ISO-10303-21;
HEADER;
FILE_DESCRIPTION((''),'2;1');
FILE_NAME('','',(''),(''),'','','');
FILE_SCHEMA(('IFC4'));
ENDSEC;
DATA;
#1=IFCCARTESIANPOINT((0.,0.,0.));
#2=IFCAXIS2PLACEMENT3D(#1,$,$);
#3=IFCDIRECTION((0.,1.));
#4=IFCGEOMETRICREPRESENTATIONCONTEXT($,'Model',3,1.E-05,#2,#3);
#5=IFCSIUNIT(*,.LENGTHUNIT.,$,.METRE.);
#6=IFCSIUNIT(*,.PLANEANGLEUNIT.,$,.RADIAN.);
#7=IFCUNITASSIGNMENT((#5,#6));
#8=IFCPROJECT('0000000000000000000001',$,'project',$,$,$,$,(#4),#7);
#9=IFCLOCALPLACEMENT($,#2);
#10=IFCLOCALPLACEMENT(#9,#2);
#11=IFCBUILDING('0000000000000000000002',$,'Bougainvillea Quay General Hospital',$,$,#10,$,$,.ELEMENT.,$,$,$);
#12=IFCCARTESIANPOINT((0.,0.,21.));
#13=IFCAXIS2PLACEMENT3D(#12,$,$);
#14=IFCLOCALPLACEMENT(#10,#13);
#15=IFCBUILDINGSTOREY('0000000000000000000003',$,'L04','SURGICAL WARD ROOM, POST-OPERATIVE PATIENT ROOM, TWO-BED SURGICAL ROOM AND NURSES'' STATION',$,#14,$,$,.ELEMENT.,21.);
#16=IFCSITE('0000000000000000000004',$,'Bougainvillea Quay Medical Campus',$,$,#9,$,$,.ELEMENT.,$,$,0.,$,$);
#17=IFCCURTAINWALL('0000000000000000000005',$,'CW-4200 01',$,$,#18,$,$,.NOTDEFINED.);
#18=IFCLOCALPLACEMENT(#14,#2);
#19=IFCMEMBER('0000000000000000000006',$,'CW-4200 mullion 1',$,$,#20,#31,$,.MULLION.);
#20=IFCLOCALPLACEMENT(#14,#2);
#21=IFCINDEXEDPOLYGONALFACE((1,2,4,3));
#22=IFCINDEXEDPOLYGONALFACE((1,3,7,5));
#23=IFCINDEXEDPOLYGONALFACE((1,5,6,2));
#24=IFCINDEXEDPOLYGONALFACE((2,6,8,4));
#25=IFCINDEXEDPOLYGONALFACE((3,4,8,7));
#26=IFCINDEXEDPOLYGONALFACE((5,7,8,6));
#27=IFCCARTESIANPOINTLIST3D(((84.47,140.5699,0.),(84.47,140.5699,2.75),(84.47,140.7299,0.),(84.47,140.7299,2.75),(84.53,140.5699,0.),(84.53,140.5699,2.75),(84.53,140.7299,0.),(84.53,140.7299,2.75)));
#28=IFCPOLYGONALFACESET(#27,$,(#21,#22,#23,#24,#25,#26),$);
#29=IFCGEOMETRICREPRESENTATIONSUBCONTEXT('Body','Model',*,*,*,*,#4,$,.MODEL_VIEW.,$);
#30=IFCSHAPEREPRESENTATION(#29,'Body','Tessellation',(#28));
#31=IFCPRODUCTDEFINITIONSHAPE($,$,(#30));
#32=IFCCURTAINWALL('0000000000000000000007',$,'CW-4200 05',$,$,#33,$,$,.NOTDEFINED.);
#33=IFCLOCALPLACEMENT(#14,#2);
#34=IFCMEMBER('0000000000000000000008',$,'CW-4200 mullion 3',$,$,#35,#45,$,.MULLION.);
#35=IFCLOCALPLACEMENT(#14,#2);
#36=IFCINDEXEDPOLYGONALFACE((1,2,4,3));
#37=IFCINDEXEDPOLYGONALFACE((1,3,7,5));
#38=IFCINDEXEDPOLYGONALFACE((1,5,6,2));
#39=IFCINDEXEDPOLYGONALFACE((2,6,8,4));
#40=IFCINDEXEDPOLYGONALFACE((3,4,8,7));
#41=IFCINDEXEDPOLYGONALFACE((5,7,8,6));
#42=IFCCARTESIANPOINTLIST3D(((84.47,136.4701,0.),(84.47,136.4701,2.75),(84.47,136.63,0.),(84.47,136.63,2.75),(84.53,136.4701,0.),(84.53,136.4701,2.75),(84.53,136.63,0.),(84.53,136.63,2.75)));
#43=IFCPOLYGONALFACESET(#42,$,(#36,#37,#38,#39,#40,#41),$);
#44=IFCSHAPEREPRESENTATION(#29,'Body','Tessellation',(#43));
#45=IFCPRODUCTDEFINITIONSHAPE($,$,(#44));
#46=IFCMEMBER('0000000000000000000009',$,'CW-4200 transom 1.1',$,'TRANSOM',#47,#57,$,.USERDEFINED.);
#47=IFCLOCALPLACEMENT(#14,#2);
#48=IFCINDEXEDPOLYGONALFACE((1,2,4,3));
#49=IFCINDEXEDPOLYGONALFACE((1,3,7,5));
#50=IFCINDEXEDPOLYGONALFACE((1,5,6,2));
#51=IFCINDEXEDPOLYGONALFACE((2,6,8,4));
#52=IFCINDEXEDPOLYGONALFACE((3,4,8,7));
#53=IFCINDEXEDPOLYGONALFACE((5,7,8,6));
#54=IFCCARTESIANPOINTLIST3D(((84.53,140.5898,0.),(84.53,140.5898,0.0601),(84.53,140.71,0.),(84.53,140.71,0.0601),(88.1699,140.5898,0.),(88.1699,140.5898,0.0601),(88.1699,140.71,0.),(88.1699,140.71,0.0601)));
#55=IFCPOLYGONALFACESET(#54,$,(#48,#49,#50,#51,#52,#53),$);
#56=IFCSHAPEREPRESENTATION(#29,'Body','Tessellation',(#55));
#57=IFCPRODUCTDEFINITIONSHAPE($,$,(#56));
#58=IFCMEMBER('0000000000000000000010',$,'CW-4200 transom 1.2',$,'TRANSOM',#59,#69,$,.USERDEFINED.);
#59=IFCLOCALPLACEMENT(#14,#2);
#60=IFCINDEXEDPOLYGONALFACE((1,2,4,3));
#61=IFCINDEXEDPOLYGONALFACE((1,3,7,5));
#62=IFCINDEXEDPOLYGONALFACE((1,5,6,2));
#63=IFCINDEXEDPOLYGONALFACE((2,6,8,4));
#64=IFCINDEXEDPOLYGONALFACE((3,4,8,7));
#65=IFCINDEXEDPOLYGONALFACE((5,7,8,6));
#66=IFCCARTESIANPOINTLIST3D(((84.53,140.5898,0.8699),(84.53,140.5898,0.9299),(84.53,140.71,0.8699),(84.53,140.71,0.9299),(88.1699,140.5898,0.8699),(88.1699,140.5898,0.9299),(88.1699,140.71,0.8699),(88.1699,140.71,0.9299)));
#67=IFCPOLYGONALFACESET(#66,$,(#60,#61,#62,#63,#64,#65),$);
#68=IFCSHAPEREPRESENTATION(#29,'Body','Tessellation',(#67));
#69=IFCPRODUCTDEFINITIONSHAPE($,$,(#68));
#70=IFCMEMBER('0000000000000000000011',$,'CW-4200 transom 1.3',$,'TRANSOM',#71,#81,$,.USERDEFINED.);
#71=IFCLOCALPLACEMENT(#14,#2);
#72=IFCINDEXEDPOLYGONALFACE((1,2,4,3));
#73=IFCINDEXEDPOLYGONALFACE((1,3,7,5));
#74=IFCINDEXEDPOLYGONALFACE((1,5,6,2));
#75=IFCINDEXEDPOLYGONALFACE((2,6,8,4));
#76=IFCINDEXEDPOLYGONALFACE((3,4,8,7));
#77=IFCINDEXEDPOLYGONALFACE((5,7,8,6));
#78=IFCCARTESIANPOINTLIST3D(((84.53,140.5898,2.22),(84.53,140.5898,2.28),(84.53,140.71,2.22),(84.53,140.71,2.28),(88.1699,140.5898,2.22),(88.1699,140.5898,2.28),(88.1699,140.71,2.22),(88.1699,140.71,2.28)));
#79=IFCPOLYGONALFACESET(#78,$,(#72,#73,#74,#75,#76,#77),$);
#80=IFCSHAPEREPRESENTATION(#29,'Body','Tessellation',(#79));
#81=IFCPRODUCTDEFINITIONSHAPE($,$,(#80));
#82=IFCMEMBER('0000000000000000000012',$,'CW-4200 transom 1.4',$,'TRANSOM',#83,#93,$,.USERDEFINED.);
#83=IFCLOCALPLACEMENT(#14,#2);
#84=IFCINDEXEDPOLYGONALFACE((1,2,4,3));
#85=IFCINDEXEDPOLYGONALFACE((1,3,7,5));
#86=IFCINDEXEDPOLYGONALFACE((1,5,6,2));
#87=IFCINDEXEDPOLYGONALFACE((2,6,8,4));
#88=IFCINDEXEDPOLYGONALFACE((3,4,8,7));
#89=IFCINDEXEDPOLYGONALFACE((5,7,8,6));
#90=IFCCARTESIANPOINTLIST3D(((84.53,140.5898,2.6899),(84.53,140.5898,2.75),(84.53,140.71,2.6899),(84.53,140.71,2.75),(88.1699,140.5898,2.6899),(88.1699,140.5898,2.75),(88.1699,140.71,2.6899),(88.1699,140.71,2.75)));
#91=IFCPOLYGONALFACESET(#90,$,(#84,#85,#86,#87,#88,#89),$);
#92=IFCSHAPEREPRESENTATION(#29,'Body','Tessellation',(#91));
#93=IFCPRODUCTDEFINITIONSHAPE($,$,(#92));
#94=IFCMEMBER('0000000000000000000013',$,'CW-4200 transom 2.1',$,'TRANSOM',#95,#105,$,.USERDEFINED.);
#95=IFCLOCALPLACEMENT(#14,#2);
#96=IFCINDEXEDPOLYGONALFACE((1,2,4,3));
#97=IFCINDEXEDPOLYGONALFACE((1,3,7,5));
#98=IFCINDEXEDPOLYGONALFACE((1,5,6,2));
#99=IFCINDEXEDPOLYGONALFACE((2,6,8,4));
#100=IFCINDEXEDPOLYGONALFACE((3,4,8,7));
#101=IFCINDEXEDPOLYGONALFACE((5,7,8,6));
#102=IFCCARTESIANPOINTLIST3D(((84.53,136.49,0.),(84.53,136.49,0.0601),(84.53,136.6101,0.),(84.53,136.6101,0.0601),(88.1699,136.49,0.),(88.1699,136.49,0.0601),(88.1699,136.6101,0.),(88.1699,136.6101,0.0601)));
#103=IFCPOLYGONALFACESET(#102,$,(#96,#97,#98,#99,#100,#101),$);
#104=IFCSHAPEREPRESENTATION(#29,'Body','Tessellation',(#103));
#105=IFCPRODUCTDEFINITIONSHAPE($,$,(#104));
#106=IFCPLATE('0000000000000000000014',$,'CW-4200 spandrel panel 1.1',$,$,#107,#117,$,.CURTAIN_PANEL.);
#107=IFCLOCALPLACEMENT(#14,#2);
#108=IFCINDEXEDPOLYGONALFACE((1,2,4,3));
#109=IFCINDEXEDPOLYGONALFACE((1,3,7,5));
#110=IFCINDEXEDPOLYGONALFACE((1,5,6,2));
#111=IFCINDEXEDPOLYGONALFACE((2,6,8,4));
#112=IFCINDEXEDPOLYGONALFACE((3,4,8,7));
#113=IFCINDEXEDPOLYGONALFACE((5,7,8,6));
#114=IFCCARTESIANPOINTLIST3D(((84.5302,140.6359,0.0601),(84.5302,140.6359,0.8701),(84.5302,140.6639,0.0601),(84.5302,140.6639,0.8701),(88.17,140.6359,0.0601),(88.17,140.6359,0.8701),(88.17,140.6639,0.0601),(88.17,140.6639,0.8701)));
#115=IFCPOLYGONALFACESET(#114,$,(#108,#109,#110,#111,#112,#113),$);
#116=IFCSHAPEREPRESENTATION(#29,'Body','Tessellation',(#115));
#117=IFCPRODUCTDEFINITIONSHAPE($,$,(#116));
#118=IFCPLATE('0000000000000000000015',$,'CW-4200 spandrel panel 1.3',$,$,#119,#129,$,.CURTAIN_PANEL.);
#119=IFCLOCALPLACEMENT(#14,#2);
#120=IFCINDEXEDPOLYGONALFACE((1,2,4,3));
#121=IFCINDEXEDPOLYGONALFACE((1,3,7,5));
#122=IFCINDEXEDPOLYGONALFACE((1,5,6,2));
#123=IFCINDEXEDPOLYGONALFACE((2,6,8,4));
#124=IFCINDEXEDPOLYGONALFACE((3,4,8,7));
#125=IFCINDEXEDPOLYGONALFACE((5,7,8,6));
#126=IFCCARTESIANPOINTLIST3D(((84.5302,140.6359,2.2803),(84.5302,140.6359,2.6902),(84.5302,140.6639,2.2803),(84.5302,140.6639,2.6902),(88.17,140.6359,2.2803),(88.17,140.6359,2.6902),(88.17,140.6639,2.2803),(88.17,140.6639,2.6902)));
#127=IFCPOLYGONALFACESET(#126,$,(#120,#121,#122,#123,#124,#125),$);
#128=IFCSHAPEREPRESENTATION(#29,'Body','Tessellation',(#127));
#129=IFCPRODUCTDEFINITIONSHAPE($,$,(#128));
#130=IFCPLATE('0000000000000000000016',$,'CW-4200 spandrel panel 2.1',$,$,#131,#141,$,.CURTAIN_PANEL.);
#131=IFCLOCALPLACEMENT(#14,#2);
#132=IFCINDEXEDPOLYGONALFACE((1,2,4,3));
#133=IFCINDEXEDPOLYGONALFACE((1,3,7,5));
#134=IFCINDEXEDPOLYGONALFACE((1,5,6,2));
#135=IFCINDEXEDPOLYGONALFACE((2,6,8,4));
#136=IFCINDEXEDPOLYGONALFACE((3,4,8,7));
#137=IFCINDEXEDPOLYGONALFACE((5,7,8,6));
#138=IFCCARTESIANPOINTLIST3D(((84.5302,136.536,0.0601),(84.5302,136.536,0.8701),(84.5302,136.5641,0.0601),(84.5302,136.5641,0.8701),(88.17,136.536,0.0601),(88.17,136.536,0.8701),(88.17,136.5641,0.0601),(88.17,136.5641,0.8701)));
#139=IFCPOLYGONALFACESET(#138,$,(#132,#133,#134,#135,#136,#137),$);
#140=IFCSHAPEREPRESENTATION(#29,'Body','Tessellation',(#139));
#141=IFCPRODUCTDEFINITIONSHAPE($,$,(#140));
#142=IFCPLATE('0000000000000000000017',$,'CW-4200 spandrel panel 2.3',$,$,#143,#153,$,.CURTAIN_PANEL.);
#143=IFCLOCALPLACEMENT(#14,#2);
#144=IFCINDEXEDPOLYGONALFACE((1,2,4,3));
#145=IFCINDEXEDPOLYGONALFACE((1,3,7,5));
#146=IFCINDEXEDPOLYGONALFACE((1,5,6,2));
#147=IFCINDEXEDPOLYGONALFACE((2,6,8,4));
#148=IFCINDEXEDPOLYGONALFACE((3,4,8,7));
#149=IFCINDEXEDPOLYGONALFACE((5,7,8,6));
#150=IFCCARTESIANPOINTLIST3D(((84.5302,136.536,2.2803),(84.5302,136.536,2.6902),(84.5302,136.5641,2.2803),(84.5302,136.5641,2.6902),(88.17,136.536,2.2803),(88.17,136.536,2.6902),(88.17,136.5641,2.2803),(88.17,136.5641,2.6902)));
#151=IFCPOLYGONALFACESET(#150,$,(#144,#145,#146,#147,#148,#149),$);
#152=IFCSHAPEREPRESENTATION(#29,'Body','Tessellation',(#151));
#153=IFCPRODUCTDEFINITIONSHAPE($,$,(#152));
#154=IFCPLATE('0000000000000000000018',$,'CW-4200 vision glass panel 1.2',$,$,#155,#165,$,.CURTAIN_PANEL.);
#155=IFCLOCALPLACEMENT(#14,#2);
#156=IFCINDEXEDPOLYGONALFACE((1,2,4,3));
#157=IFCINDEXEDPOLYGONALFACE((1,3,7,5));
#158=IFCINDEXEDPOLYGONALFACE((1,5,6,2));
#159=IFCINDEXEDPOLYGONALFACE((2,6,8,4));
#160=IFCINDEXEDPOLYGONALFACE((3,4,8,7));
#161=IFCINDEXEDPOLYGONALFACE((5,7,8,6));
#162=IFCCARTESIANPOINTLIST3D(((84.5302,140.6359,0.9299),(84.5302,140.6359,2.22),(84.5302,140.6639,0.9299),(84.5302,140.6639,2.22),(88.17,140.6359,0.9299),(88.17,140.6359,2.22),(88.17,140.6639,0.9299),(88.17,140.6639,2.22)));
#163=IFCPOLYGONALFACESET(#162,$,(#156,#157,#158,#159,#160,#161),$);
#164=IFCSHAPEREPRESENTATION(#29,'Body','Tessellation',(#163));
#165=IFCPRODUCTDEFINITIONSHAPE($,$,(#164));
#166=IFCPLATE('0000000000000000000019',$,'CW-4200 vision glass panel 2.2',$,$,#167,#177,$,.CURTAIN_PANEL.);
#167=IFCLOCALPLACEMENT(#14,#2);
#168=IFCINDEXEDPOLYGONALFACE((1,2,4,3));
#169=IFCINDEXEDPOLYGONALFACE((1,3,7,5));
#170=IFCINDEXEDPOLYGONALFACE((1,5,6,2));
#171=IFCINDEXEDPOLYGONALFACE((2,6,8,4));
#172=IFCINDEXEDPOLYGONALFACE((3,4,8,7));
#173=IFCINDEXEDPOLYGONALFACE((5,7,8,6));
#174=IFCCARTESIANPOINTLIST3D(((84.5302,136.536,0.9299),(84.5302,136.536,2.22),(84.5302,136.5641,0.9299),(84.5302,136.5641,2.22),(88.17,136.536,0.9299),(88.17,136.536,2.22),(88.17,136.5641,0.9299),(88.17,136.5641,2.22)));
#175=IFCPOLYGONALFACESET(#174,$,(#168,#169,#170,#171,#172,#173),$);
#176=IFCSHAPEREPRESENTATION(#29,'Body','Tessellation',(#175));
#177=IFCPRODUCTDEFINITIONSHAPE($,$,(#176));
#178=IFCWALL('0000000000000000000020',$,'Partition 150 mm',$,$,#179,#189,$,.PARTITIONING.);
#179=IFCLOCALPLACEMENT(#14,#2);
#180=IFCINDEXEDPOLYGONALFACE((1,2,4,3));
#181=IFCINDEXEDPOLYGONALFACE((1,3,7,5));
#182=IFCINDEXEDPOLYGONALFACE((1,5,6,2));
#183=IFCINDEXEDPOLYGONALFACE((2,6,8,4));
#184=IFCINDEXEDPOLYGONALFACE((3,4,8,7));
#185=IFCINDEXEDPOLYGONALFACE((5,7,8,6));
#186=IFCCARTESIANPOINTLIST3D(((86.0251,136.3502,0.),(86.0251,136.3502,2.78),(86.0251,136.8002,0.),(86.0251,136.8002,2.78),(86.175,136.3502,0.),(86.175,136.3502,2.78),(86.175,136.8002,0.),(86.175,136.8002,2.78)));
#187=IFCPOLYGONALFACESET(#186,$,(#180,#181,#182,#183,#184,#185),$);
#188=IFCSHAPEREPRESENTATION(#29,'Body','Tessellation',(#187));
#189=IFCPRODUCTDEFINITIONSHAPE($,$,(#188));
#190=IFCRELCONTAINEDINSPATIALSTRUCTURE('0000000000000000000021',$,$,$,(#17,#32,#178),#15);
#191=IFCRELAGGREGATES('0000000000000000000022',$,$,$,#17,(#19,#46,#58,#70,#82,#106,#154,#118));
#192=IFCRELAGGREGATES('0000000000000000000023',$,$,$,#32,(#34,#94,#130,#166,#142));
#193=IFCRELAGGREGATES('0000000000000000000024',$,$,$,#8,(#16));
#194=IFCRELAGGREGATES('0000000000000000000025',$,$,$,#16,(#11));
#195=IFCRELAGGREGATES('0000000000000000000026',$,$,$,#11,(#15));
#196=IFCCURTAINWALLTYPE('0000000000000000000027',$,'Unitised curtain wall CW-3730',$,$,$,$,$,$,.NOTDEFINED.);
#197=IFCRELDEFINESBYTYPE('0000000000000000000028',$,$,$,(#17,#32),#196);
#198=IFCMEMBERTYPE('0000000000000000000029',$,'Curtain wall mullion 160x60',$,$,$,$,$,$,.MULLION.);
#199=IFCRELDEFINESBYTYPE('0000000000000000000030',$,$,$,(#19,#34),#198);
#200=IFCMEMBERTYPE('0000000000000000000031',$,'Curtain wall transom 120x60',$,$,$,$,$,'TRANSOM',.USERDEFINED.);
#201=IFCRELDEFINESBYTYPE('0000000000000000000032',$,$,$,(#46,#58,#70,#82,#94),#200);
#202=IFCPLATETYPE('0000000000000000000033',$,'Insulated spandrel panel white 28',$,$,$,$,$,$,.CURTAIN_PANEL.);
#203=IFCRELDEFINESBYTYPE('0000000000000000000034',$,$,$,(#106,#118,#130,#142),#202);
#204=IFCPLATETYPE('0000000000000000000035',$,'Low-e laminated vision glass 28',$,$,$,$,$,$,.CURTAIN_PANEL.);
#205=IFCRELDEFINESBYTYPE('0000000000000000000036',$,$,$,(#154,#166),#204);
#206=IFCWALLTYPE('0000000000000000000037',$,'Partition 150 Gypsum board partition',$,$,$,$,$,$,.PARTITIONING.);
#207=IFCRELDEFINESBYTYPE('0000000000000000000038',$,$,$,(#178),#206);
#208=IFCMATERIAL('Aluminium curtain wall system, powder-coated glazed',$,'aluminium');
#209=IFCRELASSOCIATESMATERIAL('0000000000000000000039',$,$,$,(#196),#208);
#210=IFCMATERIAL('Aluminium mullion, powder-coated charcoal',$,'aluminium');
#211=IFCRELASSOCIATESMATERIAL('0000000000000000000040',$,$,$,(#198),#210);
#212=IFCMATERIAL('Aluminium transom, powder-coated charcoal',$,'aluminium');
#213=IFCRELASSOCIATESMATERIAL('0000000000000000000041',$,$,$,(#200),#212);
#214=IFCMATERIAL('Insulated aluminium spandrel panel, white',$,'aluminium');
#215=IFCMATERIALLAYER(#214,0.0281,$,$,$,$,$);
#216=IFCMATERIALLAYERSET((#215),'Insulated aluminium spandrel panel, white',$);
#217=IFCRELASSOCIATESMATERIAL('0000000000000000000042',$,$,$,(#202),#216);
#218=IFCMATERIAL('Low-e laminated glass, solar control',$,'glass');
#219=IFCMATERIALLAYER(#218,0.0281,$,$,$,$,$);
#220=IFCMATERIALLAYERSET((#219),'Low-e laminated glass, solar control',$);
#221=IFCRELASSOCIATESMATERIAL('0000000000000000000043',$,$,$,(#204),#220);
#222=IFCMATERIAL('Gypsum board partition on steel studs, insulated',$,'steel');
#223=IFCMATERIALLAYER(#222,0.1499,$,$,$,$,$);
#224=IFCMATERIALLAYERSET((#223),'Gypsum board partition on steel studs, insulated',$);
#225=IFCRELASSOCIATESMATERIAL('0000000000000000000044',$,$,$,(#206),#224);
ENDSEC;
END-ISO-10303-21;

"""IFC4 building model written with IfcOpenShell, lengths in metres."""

from ifc_helpers import new_model, si_unit, direction, frame, frame_2d, origin, origin_2d, place, context, subcontext, project, spatial, rectangle, extrude, material, layer, layer_set, material_profile, profile_set, type_object, element, aggregate, save


model = new_model("IFC4")

# Units and contexts
model_context = context("Model", 3, precision=1e-05, world=origin(), true_north=direction((0.0, 1.0)))
body_context = subcontext(model_context, "Body", "Model", "MODEL_VIEW")
ifc_project = project(units=[si_unit("LENGTHUNIT", "METRE"), si_unit("PLANEANGLEUNIT", "RADIAN")], contexts=[model_context])

# Site, building, storey
site_placement = place(None, origin())
site = spatial("IfcSite", under=ifc_project, at=site_placement, Name="Bougainvillea Quay Medical Campus", CompositionType="ELEMENT", RefElevation=0.0)
building_placement = place(site_placement, origin())
building = spatial("IfcBuilding", under=site, at=building_placement, Name="Bougainvillea Quay General Hospital", CompositionType="ELEMENT")
storey_placement = place(building_placement, frame((0.0, 0.0, 21.0)))
storey = spatial("IfcBuildingStorey", under=building, at=storey_placement, Name="L04", Description="SURGICAL WARD ROOM, POST-OPERATIVE PATIENT ROOM, TWO-BED SURGICAL ROOM AND NURSES' STATION", CompositionType="ELEMENT", Elevation=21.0)

# Curtain walls, members
ifc_material_1 = material(Name="Aluminium curtain wall system, powder-coated glazed", Category="aluminium")
curtain_wall_type = type_object("IfcCurtainWallType", Name="Unitised curtain wall CW-3730", PredefinedType="NOTDEFINED", material=ifc_material_1)
curtain_wall_1_placement = place(storey_placement, origin())
curtain_wall_1 = element("IfcCurtainWall", 1, at=curtain_wall_1_placement, inside=storey, type_object=curtain_wall_type, Name="CW-4200 01", PredefinedType="NOTDEFINED")
ifc_material_2 = material(Name="Aluminium mullion, powder-coated charcoal", Category="aluminium")
ifc_material_profile_1 = material_profile(ifc_material_2, rectangle(XDim=0.1599, YDim=0.0601, at=origin_2d()))
ifc_profile_set_1 = profile_set([ifc_material_profile_1], Name="Aluminium mullion, powder-coated charcoal")
member_type_1 = type_object("IfcMemberType", Name="Curtain wall mullion 160x60", PredefinedType="MULLION", material=ifc_profile_set_1)
member_1_placement = place(storey_placement, frame((84.5, 140.6499, 0.0), z_axis=(0.0, 0.0, 1.0), x_axis=(0.0, 1.0, 0.0)))
member_1 = element("IfcMember", 2, at=member_1_placement, type_object=member_type_1, Name="CW-4200 mullion 1", PredefinedType="MULLION", context=body_context, shape_type="SweptSolid", body=[
    extrude(rectangle(XDim=0.1599, YDim=0.0601, at=origin_2d()), origin(), (0.0, 0.0, 1.0), 2.75),
])
curtain_wall_2_placement = place(storey_placement, origin())
curtain_wall_2 = element("IfcCurtainWall", 3, at=curtain_wall_2_placement, inside=storey, type_object=curtain_wall_type, Name="CW-4200 05", PredefinedType="NOTDEFINED")
member_2_placement = place(storey_placement, frame((84.5, 136.55, 0.0), z_axis=(0.0, 0.0, 1.0), x_axis=(0.0, -1.0, 0.0)))
member_2 = element("IfcMember", 4, at=member_2_placement, type_object=member_type_1, Name="CW-4200 mullion 3", PredefinedType="MULLION", context=body_context, shape_type="SweptSolid", body=[
    extrude(rectangle(XDim=0.1599, YDim=0.0601, at=origin_2d()), origin(), (0.0, 0.0, 1.0), 2.75),
])

# Members
ifc_material_3 = material(Name="Aluminium transom, powder-coated charcoal", Category="aluminium")
ifc_material_profile_2 = material_profile(ifc_material_3, rectangle(XDim=0.1201, YDim=0.0601, at=origin_2d()))
ifc_profile_set_2 = profile_set([ifc_material_profile_2], Name="Aluminium transom, powder-coated charcoal")
member_type_2 = type_object("IfcMemberType", Name="Curtain wall transom 120x60", ElementType="TRANSOM", PredefinedType="USERDEFINED", material=ifc_profile_set_2)
member_3_placement = place(storey_placement, frame((84.53, 140.6499, 0.03), z_axis=(1.0, 0.0, 0.0), x_axis=(0.0, 1.0, 0.0)))
member_3 = element("IfcMember", 5, at=member_3_placement, type_object=member_type_2, Name="CW-4200 transom 1.1", ObjectType="TRANSOM", PredefinedType="USERDEFINED", context=body_context, shape_type="SweptSolid", body=[
    extrude(rectangle(XDim=0.1201, YDim=0.0601, at=origin_2d()), origin(), (0.0, 0.0, 1.0), 3.6399),
])
member_4_placement = place(storey_placement, frame((84.53, 140.6499, 0.8999), z_axis=(1.0, 0.0, 0.0), x_axis=(0.0, 1.0, 0.0)))
member_4 = element("IfcMember", 6, at=member_4_placement, type_object=member_type_2, Name="CW-4200 transom 1.2", ObjectType="TRANSOM", PredefinedType="USERDEFINED", context=body_context, shape_type="SweptSolid", body=[
    extrude(rectangle(XDim=0.1201, YDim=0.0601, at=origin_2d()), origin(), (0.0, 0.0, 1.0), 3.6399),
])
member_5_placement = place(storey_placement, frame((84.53, 140.6499, 2.25), z_axis=(1.0, 0.0, 0.0), x_axis=(0.0, 1.0, 0.0)))
member_5 = element("IfcMember", 7, at=member_5_placement, type_object=member_type_2, Name="CW-4200 transom 1.3", ObjectType="TRANSOM", PredefinedType="USERDEFINED", context=body_context, shape_type="SweptSolid", body=[
    extrude(rectangle(XDim=0.1201, YDim=0.0601, at=origin_2d()), origin(), (0.0, 0.0, 1.0), 3.6399),
])
member_6_placement = place(storey_placement, frame((84.53, 140.6499, 2.72), z_axis=(1.0, 0.0, 0.0), x_axis=(0.0, 1.0, 0.0)))
member_6 = element("IfcMember", 8, at=member_6_placement, type_object=member_type_2, Name="CW-4200 transom 1.4", ObjectType="TRANSOM", PredefinedType="USERDEFINED", context=body_context, shape_type="SweptSolid", body=[
    extrude(rectangle(XDim=0.1201, YDim=0.0601, at=origin_2d()), origin(), (0.0, 0.0, 1.0), 3.6399),
])
member_7_placement = place(storey_placement, frame((88.1699, 136.55, 0.03), z_axis=(-1.0, 0.0, 0.0), x_axis=(0.0, -1.0, 0.0)))
member_7 = element("IfcMember", 9, at=member_7_placement, type_object=member_type_2, Name="CW-4200 transom 2.1", ObjectType="TRANSOM", PredefinedType="USERDEFINED", context=body_context, shape_type="SweptSolid", body=[
    extrude(rectangle(XDim=0.1201, YDim=0.0601, at=origin_2d()), origin(), (0.0, 0.0, 1.0), 3.6399),
])

# Plates
ifc_material_4 = material(Name="Insulated aluminium spandrel panel, white", Category="aluminium")
ifc_layer_1 = layer(ifc_material_4, 0.0281)
ifc_layer_set_1 = layer_set([ifc_layer_1], Name="Insulated aluminium spandrel panel, white")
plate_type_1 = type_object("IfcPlateType", Name="Insulated spandrel panel white 28", PredefinedType="CURTAIN_PANEL", material=ifc_layer_set_1)
plate_1_placement = place(storey_placement, frame((86.3501, 140.6499, 0.0601), z_axis=(0.0, 0.0, 1.0), x_axis=(1.0, 0.0, 0.0)))
plate_1 = element("IfcPlate", 10, at=plate_1_placement, type_object=plate_type_1, Name="CW-4200 spandrel panel 1.1", PredefinedType="CURTAIN_PANEL", context=body_context, shape_type="SweptSolid", body=[
    extrude(rectangle(XDim=3.6399, YDim=0.0281, at=origin_2d()), origin(), (0.0, 0.0, 1.0), 0.8101),
])
plate_2_placement = place(storey_placement, frame((86.3501, 140.6499, 2.2803), z_axis=(0.0, 0.0, 1.0), x_axis=(1.0, 0.0, 0.0)))
plate_2 = element("IfcPlate", 11, at=plate_2_placement, type_object=plate_type_1, Name="CW-4200 spandrel panel 1.3", PredefinedType="CURTAIN_PANEL", context=body_context, shape_type="SweptSolid", body=[
    extrude(rectangle(XDim=3.6399, YDim=0.0281, at=origin_2d()), origin(), (0.0, 0.0, 1.0), 0.4099),
])
plate_3_placement = place(storey_placement, frame((86.3501, 136.55, 0.0601), z_axis=(0.0, 0.0, 1.0), x_axis=(-1.0, 0.0, 0.0)))
plate_3 = element("IfcPlate", 12, at=plate_3_placement, type_object=plate_type_1, Name="CW-4200 spandrel panel 2.1", PredefinedType="CURTAIN_PANEL", context=body_context, shape_type="SweptSolid", body=[
    extrude(rectangle(XDim=3.6399, YDim=0.0281, at=origin_2d()), origin(), (0.0, 0.0, 1.0), 0.8101),
])
plate_4_placement = place(storey_placement, frame((86.3501, 136.55, 2.2803), z_axis=(0.0, 0.0, 1.0), x_axis=(-1.0, 0.0, 0.0)))
plate_4 = element("IfcPlate", 13, at=plate_4_placement, type_object=plate_type_1, Name="CW-4200 spandrel panel 2.3", PredefinedType="CURTAIN_PANEL", context=body_context, shape_type="SweptSolid", body=[
    extrude(rectangle(XDim=3.6399, YDim=0.0281, at=origin_2d()), origin(), (0.0, 0.0, 1.0), 0.4099),
])
ifc_material_5 = material(Name="Low-e laminated glass, solar control", Category="glass")
ifc_layer_2 = layer(ifc_material_5, 0.0281)
ifc_layer_set_2 = layer_set([ifc_layer_2], Name="Low-e laminated glass, solar control")
plate_type_2 = type_object("IfcPlateType", Name="Low-e laminated vision glass 28", PredefinedType="CURTAIN_PANEL", material=ifc_layer_set_2)
plate_5_placement = place(storey_placement, frame((86.3501, 140.6499, 0.9299), z_axis=(0.0, 0.0, 1.0), x_axis=(1.0, 0.0, 0.0)))
plate_5 = element("IfcPlate", 14, at=plate_5_placement, type_object=plate_type_2, Name="CW-4200 vision glass panel 1.2", PredefinedType="CURTAIN_PANEL", context=body_context, shape_type="SweptSolid", body=[
    extrude(rectangle(XDim=3.6399, YDim=0.0281, at=origin_2d()), origin(), (0.0, 0.0, 1.0), 1.29),
])
aggregate(curtain_wall_1, [member_1, member_3, member_4, member_5, member_6, plate_1, plate_5, plate_2])
plate_6_placement = place(storey_placement, frame((86.3501, 136.55, 0.9299), z_axis=(0.0, 0.0, 1.0), x_axis=(-1.0, 0.0, 0.0)))
plate_6 = element("IfcPlate", 15, at=plate_6_placement, type_object=plate_type_2, Name="CW-4200 vision glass panel 2.2", PredefinedType="CURTAIN_PANEL", context=body_context, shape_type="SweptSolid", body=[
    extrude(rectangle(XDim=3.6399, YDim=0.0281, at=origin_2d()), origin(), (0.0, 0.0, 1.0), 1.29),
])
aggregate(curtain_wall_2, [member_2, member_7, plate_3, plate_6, plate_4])

# Wall
ifc_material_6 = material(Name="Gypsum board partition on steel studs, insulated", Category="steel")
ifc_layer_3 = layer(ifc_material_6, 0.1499)
ifc_layer_set_3 = layer_set([ifc_layer_3], Name="Gypsum board partition on steel studs, insulated")
wall_type = type_object("IfcWallType", Name="Partition 150 Gypsum board partition", PredefinedType="PARTITIONING", material=ifc_layer_set_3)
wall_placement = place(storey_placement, frame((86.1001, 136.3501, 0.0), z_axis=(0.0, 0.0, 1.0), x_axis=(0.0, 1.0, 0.0)))
element("IfcWall", 16, at=wall_placement, inside=storey, type_object=wall_type, Name="Partition 150 mm", PredefinedType="PARTITIONING", context=body_context, shape_type="SweptSolid", body=[
    extrude(rectangle(XDim=0.45, YDim=0.1499, at=frame_2d((0.2251, 0.0))), origin(), (0.0, 0.0, 1.0), 2.78),
])

save(model, "model.ifc")
